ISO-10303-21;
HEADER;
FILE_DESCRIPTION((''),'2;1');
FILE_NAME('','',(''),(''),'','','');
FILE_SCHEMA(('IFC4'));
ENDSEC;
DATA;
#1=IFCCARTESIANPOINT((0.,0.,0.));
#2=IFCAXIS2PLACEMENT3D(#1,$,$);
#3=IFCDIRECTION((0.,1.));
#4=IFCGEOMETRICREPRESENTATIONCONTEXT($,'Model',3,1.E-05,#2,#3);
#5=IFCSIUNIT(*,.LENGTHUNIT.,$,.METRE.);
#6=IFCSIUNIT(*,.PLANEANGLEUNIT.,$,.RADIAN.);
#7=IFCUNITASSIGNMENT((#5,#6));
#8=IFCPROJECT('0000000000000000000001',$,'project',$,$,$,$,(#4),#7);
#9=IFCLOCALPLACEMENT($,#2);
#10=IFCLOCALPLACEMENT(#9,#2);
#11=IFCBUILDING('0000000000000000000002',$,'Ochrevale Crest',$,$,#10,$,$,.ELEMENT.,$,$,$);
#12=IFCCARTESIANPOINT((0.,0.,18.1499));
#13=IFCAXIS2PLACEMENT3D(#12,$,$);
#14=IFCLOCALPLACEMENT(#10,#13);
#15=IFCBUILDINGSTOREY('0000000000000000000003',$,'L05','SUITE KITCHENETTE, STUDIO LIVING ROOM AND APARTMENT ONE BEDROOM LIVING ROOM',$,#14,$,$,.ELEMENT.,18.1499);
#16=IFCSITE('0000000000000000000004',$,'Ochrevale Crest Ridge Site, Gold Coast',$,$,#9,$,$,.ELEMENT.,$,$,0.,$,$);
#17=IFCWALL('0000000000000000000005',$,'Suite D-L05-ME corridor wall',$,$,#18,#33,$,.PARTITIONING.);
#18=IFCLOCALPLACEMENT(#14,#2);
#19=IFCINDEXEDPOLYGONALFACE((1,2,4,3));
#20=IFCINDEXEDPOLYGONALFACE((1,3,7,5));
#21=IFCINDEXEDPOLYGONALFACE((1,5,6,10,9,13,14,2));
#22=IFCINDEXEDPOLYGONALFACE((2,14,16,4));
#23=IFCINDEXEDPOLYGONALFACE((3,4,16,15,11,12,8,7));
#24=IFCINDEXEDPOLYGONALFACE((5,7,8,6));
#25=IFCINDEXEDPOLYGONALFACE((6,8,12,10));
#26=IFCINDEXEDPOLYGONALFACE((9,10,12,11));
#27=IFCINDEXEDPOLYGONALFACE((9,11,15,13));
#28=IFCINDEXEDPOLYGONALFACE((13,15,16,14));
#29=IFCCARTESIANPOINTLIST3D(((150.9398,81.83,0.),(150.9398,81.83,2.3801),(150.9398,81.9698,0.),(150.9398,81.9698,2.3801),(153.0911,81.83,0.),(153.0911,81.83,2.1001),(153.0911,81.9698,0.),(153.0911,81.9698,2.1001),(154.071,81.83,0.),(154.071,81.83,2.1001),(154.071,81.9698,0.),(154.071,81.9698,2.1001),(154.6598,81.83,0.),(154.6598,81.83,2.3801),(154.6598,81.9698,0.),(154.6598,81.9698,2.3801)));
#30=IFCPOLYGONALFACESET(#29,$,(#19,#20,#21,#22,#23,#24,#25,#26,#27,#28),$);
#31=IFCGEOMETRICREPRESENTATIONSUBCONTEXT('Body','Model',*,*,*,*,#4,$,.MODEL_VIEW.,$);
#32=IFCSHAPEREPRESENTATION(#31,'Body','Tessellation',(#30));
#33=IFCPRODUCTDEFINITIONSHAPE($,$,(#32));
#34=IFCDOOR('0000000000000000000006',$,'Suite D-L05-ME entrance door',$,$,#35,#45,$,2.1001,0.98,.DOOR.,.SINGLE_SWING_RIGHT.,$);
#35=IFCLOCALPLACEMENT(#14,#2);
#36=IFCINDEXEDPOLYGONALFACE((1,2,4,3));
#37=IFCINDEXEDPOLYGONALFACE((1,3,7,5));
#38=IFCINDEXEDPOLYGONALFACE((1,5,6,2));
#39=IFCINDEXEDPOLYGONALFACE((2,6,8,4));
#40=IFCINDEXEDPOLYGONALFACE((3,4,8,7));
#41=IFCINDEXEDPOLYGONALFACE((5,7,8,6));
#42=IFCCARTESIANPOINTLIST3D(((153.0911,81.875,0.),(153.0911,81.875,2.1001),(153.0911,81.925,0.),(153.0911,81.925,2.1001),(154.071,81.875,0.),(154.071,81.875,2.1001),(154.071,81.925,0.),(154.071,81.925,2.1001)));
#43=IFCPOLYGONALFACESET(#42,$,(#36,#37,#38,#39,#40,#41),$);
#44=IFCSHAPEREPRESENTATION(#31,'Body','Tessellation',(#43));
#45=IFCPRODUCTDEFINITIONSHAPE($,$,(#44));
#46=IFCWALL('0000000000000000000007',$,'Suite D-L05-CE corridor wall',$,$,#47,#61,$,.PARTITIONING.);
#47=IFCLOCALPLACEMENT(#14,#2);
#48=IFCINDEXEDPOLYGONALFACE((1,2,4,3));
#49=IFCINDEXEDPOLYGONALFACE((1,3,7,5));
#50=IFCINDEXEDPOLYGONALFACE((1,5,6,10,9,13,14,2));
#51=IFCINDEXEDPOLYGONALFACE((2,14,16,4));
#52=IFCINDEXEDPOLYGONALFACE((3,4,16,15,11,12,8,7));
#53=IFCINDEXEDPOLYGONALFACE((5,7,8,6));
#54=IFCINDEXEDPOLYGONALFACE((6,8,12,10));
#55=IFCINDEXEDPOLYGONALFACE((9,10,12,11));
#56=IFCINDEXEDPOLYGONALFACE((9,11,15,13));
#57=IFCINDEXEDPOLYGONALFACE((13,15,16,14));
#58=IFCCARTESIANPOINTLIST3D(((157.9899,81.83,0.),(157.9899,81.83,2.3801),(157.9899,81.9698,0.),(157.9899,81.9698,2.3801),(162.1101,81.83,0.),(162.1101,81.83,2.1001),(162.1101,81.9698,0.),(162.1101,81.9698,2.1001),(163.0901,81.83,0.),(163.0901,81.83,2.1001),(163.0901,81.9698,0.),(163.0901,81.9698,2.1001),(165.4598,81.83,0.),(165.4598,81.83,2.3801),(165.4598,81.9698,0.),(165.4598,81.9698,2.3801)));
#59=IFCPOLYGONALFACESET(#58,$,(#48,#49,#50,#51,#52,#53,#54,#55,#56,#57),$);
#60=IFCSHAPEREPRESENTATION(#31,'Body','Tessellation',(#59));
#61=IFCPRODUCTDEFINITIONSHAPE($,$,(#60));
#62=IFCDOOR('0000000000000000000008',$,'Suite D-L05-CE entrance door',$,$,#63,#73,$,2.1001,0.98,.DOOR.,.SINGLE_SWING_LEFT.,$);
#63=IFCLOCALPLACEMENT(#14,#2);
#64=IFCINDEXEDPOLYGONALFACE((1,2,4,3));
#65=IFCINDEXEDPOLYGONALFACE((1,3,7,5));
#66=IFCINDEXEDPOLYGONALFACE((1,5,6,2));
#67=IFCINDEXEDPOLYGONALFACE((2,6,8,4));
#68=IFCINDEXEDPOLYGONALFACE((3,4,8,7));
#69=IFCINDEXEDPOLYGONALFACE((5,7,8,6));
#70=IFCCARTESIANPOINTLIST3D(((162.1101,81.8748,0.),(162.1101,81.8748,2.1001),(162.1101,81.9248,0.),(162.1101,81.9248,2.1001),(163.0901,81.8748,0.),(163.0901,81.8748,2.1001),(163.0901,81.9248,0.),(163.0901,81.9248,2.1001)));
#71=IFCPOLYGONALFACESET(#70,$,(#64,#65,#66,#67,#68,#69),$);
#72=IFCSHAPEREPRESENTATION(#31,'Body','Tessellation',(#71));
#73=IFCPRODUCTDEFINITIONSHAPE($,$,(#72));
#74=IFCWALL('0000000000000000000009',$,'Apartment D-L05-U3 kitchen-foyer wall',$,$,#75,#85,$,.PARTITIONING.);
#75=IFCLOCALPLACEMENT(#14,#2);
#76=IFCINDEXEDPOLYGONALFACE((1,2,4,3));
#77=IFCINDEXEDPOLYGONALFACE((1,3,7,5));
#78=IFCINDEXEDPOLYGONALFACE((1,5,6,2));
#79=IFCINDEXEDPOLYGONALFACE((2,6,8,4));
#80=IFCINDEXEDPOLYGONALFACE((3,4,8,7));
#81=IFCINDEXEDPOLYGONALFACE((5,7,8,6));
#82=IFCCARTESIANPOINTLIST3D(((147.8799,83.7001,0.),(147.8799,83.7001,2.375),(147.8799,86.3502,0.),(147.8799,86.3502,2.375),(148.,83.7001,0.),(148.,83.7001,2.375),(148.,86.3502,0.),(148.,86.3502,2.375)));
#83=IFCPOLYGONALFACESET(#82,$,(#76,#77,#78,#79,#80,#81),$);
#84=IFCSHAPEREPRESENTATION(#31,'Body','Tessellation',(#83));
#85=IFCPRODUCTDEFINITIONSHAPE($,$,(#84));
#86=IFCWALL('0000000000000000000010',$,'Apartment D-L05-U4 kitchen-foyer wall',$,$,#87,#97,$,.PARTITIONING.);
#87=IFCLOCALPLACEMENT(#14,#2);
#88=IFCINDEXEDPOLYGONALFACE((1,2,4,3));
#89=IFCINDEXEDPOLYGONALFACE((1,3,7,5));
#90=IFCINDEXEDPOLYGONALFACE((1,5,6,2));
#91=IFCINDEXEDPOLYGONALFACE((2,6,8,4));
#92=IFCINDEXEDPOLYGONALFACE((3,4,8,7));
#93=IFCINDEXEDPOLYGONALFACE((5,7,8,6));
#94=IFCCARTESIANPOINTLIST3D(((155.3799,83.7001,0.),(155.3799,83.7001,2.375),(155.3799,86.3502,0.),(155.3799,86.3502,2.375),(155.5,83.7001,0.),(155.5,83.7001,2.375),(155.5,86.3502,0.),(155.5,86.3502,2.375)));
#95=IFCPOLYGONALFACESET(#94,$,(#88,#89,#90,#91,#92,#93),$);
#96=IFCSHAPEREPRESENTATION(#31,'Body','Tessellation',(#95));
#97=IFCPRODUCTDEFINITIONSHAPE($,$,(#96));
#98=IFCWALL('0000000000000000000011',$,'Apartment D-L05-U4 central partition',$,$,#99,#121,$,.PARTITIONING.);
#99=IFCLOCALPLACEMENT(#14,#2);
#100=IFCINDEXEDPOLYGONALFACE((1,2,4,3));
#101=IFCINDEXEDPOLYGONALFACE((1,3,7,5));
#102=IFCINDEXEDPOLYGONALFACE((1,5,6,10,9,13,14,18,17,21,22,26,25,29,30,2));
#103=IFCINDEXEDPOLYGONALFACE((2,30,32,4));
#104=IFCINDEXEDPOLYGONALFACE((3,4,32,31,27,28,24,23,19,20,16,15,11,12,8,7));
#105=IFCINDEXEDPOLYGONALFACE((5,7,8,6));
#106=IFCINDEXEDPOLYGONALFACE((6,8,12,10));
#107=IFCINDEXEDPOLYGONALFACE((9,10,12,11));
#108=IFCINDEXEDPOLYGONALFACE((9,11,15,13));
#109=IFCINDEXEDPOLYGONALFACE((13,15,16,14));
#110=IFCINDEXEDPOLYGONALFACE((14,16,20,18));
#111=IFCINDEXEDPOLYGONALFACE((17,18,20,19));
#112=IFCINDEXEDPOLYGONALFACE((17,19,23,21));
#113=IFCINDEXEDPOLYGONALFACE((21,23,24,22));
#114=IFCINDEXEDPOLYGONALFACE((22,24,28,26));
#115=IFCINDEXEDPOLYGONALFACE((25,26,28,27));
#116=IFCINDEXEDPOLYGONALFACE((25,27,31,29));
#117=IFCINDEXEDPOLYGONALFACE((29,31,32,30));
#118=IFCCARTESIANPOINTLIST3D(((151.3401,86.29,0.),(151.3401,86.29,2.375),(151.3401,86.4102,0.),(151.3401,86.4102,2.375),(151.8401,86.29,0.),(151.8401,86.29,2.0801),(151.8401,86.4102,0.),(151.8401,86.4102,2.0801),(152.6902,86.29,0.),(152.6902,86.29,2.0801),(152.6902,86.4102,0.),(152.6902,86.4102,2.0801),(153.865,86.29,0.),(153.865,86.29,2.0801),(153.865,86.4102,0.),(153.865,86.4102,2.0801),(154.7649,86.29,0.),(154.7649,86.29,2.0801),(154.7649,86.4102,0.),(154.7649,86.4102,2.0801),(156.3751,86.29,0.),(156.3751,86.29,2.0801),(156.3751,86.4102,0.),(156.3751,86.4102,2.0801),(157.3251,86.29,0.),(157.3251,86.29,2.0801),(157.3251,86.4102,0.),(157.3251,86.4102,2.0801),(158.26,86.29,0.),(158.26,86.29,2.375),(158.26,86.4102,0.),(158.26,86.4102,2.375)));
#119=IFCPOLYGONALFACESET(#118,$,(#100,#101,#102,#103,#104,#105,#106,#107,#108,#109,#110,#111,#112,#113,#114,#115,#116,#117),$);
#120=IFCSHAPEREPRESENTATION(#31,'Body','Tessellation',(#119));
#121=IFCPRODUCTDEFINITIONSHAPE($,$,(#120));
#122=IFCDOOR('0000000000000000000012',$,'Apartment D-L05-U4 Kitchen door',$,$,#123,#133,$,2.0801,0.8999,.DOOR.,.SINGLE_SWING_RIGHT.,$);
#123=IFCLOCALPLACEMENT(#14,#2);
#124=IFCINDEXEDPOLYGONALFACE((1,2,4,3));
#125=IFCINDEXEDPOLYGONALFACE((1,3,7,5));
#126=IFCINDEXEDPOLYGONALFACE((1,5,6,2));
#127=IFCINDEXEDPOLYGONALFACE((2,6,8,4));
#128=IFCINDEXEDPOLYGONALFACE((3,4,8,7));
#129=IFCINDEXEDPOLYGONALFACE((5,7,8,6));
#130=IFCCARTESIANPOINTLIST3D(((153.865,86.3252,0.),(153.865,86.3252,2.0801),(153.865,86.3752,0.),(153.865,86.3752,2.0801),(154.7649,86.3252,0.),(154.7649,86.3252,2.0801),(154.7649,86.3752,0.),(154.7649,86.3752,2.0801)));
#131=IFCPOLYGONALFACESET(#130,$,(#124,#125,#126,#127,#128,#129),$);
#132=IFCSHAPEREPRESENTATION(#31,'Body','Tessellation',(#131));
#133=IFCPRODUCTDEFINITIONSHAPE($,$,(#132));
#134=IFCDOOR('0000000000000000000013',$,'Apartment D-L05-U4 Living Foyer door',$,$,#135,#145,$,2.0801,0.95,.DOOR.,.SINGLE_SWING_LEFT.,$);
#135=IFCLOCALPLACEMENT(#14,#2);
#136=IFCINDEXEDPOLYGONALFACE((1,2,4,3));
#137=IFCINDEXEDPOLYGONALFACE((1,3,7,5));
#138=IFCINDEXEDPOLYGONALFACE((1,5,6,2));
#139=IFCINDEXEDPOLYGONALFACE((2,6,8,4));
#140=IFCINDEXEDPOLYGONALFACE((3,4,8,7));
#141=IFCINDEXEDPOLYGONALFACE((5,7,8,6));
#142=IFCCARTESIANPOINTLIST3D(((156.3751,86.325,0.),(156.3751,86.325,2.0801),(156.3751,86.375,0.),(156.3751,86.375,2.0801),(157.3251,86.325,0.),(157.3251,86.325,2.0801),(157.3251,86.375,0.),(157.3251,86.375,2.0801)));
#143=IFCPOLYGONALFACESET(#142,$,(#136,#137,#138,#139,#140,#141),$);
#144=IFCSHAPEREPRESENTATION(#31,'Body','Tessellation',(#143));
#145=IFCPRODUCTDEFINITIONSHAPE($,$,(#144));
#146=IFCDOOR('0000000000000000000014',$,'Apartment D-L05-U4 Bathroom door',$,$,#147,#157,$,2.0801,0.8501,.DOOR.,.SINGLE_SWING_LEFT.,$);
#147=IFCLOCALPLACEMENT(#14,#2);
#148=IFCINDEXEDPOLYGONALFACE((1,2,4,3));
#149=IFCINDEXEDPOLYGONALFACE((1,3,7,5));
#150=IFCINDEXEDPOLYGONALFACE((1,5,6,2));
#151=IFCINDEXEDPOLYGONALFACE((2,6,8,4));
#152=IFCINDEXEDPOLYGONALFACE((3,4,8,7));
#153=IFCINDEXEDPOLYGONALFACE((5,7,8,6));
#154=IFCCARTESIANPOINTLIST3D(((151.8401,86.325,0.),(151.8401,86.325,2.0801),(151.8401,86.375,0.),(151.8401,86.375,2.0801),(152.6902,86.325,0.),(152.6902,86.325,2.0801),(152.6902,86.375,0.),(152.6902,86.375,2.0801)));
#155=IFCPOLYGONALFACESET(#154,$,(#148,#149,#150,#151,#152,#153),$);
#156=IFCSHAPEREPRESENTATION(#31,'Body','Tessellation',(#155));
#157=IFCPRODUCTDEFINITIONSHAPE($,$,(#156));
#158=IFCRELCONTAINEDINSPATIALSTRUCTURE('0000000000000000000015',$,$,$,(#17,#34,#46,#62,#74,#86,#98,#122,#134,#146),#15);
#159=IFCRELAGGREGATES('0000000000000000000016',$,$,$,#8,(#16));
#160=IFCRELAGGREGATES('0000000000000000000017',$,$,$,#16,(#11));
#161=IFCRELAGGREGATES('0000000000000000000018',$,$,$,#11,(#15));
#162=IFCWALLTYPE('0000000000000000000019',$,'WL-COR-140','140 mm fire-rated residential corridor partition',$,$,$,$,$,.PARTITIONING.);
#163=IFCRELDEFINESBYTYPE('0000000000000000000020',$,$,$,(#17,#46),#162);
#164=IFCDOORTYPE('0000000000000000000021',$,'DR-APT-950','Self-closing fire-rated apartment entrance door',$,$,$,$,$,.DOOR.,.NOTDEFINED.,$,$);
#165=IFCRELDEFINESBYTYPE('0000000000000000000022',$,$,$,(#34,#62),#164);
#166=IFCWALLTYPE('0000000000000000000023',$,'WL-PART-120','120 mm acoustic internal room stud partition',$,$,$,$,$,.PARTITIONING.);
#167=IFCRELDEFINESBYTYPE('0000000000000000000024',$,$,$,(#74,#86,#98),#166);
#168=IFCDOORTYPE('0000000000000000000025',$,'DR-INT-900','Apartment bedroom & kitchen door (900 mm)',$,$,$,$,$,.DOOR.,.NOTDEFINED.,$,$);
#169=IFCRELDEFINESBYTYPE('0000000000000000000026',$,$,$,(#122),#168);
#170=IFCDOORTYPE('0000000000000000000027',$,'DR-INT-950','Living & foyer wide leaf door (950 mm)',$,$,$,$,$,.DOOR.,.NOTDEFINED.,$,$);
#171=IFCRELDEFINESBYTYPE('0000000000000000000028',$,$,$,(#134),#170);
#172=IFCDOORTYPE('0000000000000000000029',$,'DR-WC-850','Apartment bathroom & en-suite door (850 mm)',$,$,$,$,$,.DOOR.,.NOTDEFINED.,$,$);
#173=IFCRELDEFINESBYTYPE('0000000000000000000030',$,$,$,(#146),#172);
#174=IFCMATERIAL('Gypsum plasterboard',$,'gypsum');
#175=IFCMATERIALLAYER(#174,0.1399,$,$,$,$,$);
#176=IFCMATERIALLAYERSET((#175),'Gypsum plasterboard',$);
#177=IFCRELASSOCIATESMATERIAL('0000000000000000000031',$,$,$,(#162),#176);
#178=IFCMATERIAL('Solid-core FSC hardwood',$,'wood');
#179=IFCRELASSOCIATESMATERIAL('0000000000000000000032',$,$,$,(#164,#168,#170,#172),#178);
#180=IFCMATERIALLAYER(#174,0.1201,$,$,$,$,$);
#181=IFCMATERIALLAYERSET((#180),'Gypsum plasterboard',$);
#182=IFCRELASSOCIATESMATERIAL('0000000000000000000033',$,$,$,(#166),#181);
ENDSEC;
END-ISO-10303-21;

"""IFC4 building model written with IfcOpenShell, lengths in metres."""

from ifc_helpers import new_model, si_unit, direction, frame, frame_2d, origin, place, context, subcontext, project, spatial, rectangle, extrude, material, layer, layer_set, type_object, element, fill, save


model = new_model("IFC4")

# Units and contexts
model_context = context("Model", 3, precision=1e-05, world=origin(), true_north=direction((0.0, 1.0)))
body_context = subcontext(model_context, "Body", "Model", "MODEL_VIEW")
ifc_project = project(units=[si_unit("LENGTHUNIT", "METRE"), si_unit("PLANEANGLEUNIT", "RADIAN")], contexts=[model_context])

# Site, building, storey
site_placement = place(None, origin())
site = spatial("IfcSite", under=ifc_project, at=site_placement, Name="Ochrevale Crest Ridge Site, Gold Coast", CompositionType="ELEMENT", RefElevation=0.0)
building_placement = place(site_placement, origin())
building = spatial("IfcBuilding", under=site, at=building_placement, Name="Ochrevale Crest", CompositionType="ELEMENT")
storey_placement = place(building_placement, frame((0.0, 0.0, 18.1499)))
storey = spatial("IfcBuildingStorey", under=building, at=storey_placement, Name="L05", Description="SUITE KITCHENETTE, STUDIO LIVING ROOM AND APARTMENT ONE BEDROOM LIVING ROOM", CompositionType="ELEMENT", Elevation=18.1499)

# Walls, openings, doors
ifc_material_1 = material(Name="Gypsum plasterboard", Category="gypsum")
ifc_layer_1 = layer(ifc_material_1, 0.1399)
ifc_layer_set_1 = layer_set([ifc_layer_1], Name="Gypsum plasterboard")
wall_type_1 = type_object("IfcWallType", Name="WL-COR-140", Description="140 mm fire-rated residential corridor partition", PredefinedType="PARTITIONING", material=ifc_layer_set_1)
ifc_material_2 = material(Name="Solid-core FSC hardwood", Category="wood")
door_type_1 = type_object("IfcDoorType", Name="DR-APT-950", Description="Self-closing fire-rated apartment entrance door", OperationType="NOTDEFINED", PredefinedType="DOOR", material=ifc_material_2)
wall_1_placement = place(storey_placement, frame((150.9399, 81.8999, 0.0), z_axis=(0.0, 0.0, 1.0), x_axis=(1.0, 0.0, 0.0)))
wall_1 = element("IfcWall", 1, at=wall_1_placement, inside=storey, type_object=wall_type_1, Name="Suite D-L05-ME corridor wall", PredefinedType="PARTITIONING", context=body_context, shape_type="SweptSolid", body=[
    extrude(rectangle(XDim=3.72, YDim=0.1399, at=frame_2d((1.8599, 0.0))), origin(), (0.0, 0.0, 1.0), 2.3801),
])
opening_1_placement = place(wall_1_placement, frame((3.1311, 0.0, 0.0), z_axis=(0.0, 0.0, 1.0), x_axis=(-1.0, 0.0, 0.0)))
opening_1 = element("IfcOpeningElement", 2, at=opening_1_placement, cuts=wall_1, PredefinedType="OPENING", context=body_context, shape_type="SweptSolid", body=[
    extrude(rectangle(XDim=0.98, YDim=2.1001, at=frame_2d((0.49, 1.05))), frame((0.0, 0.0801, 0.0), z_axis=(0.0, -1.0, 0.0), x_axis=(1.0, 0.0, 0.0)), (0.0, 0.0, 1.0), 0.1599),
])
door_1_placement = place(opening_1_placement, origin())
door_1 = element("IfcDoor", 3, at=door_1_placement, inside=storey, type_object=door_type_1, Name="Suite D-L05-ME entrance door", OperationType="SINGLE_SWING_RIGHT", OverallHeight=2.1001, OverallWidth=0.98, PredefinedType="DOOR", context=body_context, shape_type="SweptSolid", body=[
    extrude(rectangle(XDim=0.98, YDim=2.1001, at=frame_2d((0.49, 1.05))), frame((0.0, 0.0249, 0.0), z_axis=(0.0, -1.0, 0.0), x_axis=(1.0, 0.0, 0.0)), (0.0, 0.0, 1.0), 0.05),
])
fill(opening_1, door_1)
wall_2_placement = place(storey_placement, frame((157.99, 81.8999, 0.0), z_axis=(0.0, 0.0, 1.0), x_axis=(1.0, 0.0, 0.0)))
wall_2 = element("IfcWall", 4, at=wall_2_placement, inside=storey, type_object=wall_type_1, Name="Suite D-L05-CE corridor wall", PredefinedType="PARTITIONING", context=body_context, shape_type="SweptSolid", body=[
    extrude(rectangle(XDim=7.47, YDim=0.1399, at=frame_2d((3.7349, 0.0))), origin(), (0.0, 0.0, 1.0), 2.3801),
])
opening_2_placement = place(wall_2_placement, frame((4.1201, 0.0, 0.0)))
opening_2 = element("IfcOpeningElement", 5, at=opening_2_placement, cuts=wall_2, PredefinedType="OPENING", context=body_context, shape_type="SweptSolid", body=[
    extrude(rectangle(XDim=0.98, YDim=2.1001, at=frame_2d((0.49, 1.05))), frame((0.0, 0.0801, 0.0), z_axis=(0.0, -1.0, 0.0), x_axis=(1.0, 0.0, 0.0)), (0.0, 0.0, 1.0), 0.1599),
])
door_2_placement = place(opening_2_placement, origin())
door_2 = element("IfcDoor", 6, at=door_2_placement, inside=storey, type_object=door_type_1, Name="Suite D-L05-CE entrance door", OperationType="SINGLE_SWING_LEFT", OverallHeight=2.1001, OverallWidth=0.98, PredefinedType="DOOR", context=body_context, shape_type="SweptSolid", body=[
    extrude(rectangle(XDim=0.98, YDim=2.1001, at=frame_2d((0.49, 1.05))), frame((0.0, 0.0249, 0.0), z_axis=(0.0, -1.0, 0.0), x_axis=(1.0, 0.0, 0.0)), (0.0, 0.0, 1.0), 0.05),
])
fill(opening_2, door_2)

# Walls
ifc_layer_2 = layer(ifc_material_1, 0.1201)
ifc_layer_set_2 = layer_set([ifc_layer_2], Name="Gypsum plasterboard")
wall_type_2 = type_object("IfcWallType", Name="WL-PART-120", Description="120 mm acoustic internal room stud partition", PredefinedType="PARTITIONING", material=ifc_layer_set_2)
for number, where, z_axis, x_axis, name in (
    (7, (147.9399, 83.7, 0.0), (0.0, 0.0, 1.0), (0.0, 1.0, 0.0), "Apartment D-L05-U3 kitchen-foyer wall"),
    (8, (155.4399, 83.7, 0.0), (0.0, 0.0, 1.0), (0.0, 1.0, 0.0), "Apartment D-L05-U4 kitchen-foyer wall"),
):
    element("IfcWall", number, at=place(storey_placement, frame(where, z_axis=z_axis, x_axis=x_axis)), inside=storey, type_object=wall_type_2, Name=name, PredefinedType="PARTITIONING", context=body_context, shape_type="SweptSolid", body=[
        extrude(rectangle(XDim=2.6501, YDim=0.1201, at=frame_2d((1.3252, 0.0))), origin(), (0.0, 0.0, 1.0), 2.375),
    ])

# Wall, openings, doors
wall_3_placement = place(storey_placement, frame((151.3401, 86.3501, 0.0), z_axis=(0.0, 0.0, 1.0), x_axis=(1.0, 0.0, 0.0)))
wall_3 = element("IfcWall", 9, at=wall_3_placement, inside=storey, type_object=wall_type_2, Name="Apartment D-L05-U4 central partition", PredefinedType="PARTITIONING", context=body_context, shape_type="SweptSolid", body=[
    extrude(rectangle(XDim=6.9199, YDim=0.1201, at=frame_2d((3.46, 0.0))), origin(), (0.0, 0.0, 1.0), 2.375),
])
opening_3_placement = place(wall_3_placement, frame((0.5, 0.0, 0.0)))
opening_3 = element("IfcOpeningElement", 10, at=opening_3_placement, cuts=wall_3, PredefinedType="OPENING", context=body_context, shape_type="SweptSolid", body=[
    extrude(rectangle(XDim=0.8501, YDim=2.0801, at=frame_2d((0.425, 1.04))), frame((0.0, 0.0701, 0.0), z_axis=(0.0, -1.0, 0.0), x_axis=(1.0, 0.0, 0.0)), (0.0, 0.0, 1.0), 0.1401),
])
opening_4_placement = place(wall_3_placement, frame((3.4248, 0.0, 0.0), z_axis=(0.0, 0.0, 1.0), x_axis=(-1.0, 0.0, 0.0)))
opening_4 = element("IfcOpeningElement", 11, at=opening_4_placement, cuts=wall_3, PredefinedType="OPENING", context=body_context, shape_type="SweptSolid", body=[
    extrude(rectangle(XDim=0.8999, YDim=2.0801, at=frame_2d((0.45, 1.04))), frame((0.0, 0.0701, 0.0), z_axis=(0.0, -1.0, 0.0), x_axis=(1.0, 0.0, 0.0)), (0.0, 0.0, 1.0), 0.1401),
])
opening_5_placement = place(wall_3_placement, frame((5.0349, 0.0, 0.0)))
opening_5 = element("IfcOpeningElement", 12, at=opening_5_placement, cuts=wall_3, PredefinedType="OPENING", context=body_context, shape_type="SweptSolid", body=[
    extrude(rectangle(XDim=0.95, YDim=2.0801, at=frame_2d((0.4751, 1.04))), frame((0.0, 0.0701, 0.0), z_axis=(0.0, -1.0, 0.0), x_axis=(1.0, 0.0, 0.0)), (0.0, 0.0, 1.0), 0.1401),
])
door_type_2 = type_object("IfcDoorType", Name="DR-INT-900", Description="Apartment bedroom & kitchen door (900 mm)", OperationType="NOTDEFINED", PredefinedType="DOOR", material=ifc_material_2)
door_3_placement = place(opening_4_placement, origin())
door_3 = element("IfcDoor", 13, at=door_3_placement, inside=storey, type_object=door_type_2, Name="Apartment D-L05-U4 Kitchen door", OperationType="SINGLE_SWING_RIGHT", OverallHeight=2.0801, OverallWidth=0.8999, PredefinedType="DOOR", context=body_context, shape_type="SweptSolid", body=[
    extrude(rectangle(XDim=0.8999, YDim=2.0801, at=frame_2d((0.45, 1.04))), frame((0.0, 0.0249, 0.0), z_axis=(0.0, -1.0, 0.0), x_axis=(1.0, 0.0, 0.0)), (0.0, 0.0, 1.0), 0.05),
])
fill(opening_4, door_3)
door_type_3 = type_object("IfcDoorType", Name="DR-INT-950", Description="Living & foyer wide leaf door (950 mm)", OperationType="NOTDEFINED", PredefinedType="DOOR", material=ifc_material_2)
door_4_placement = place(opening_5_placement, origin())
door_4 = element("IfcDoor", 14, at=door_4_placement, inside=storey, type_object=door_type_3, Name="Apartment D-L05-U4 Living Foyer door", OperationType="SINGLE_SWING_LEFT", OverallHeight=2.0801, OverallWidth=0.95, PredefinedType="DOOR", context=body_context, shape_type="SweptSolid", body=[
    extrude(rectangle(XDim=0.95, YDim=2.0801, at=frame_2d((0.4751, 1.04))), frame((0.0, 0.0249, 0.0), z_axis=(0.0, -1.0, 0.0), x_axis=(1.0, 0.0, 0.0)), (0.0, 0.0, 1.0), 0.05),
])
fill(opening_5, door_4)
door_type_4 = type_object("IfcDoorType", Name="DR-WC-850", Description="Apartment bathroom & en-suite door (850 mm)", OperationType="NOTDEFINED", PredefinedType="DOOR", material=ifc_material_2)
door_5_placement = place(opening_3_placement, origin())
door_5 = element("IfcDoor", 15, at=door_5_placement, inside=storey, type_object=door_type_4, Name="Apartment D-L05-U4 Bathroom door", OperationType="SINGLE_SWING_LEFT", OverallHeight=2.0801, OverallWidth=0.8501, PredefinedType="DOOR", context=body_context, shape_type="SweptSolid", body=[
    extrude(rectangle(XDim=0.8501, YDim=2.0801, at=frame_2d((0.425, 1.04))), frame((0.0, 0.0249, 0.0), z_axis=(0.0, -1.0, 0.0), x_axis=(1.0, 0.0, 0.0)), (0.0, 0.0, 1.0), 0.05),
])
fill(opening_3, door_5)

save(model, "model.ifc")
